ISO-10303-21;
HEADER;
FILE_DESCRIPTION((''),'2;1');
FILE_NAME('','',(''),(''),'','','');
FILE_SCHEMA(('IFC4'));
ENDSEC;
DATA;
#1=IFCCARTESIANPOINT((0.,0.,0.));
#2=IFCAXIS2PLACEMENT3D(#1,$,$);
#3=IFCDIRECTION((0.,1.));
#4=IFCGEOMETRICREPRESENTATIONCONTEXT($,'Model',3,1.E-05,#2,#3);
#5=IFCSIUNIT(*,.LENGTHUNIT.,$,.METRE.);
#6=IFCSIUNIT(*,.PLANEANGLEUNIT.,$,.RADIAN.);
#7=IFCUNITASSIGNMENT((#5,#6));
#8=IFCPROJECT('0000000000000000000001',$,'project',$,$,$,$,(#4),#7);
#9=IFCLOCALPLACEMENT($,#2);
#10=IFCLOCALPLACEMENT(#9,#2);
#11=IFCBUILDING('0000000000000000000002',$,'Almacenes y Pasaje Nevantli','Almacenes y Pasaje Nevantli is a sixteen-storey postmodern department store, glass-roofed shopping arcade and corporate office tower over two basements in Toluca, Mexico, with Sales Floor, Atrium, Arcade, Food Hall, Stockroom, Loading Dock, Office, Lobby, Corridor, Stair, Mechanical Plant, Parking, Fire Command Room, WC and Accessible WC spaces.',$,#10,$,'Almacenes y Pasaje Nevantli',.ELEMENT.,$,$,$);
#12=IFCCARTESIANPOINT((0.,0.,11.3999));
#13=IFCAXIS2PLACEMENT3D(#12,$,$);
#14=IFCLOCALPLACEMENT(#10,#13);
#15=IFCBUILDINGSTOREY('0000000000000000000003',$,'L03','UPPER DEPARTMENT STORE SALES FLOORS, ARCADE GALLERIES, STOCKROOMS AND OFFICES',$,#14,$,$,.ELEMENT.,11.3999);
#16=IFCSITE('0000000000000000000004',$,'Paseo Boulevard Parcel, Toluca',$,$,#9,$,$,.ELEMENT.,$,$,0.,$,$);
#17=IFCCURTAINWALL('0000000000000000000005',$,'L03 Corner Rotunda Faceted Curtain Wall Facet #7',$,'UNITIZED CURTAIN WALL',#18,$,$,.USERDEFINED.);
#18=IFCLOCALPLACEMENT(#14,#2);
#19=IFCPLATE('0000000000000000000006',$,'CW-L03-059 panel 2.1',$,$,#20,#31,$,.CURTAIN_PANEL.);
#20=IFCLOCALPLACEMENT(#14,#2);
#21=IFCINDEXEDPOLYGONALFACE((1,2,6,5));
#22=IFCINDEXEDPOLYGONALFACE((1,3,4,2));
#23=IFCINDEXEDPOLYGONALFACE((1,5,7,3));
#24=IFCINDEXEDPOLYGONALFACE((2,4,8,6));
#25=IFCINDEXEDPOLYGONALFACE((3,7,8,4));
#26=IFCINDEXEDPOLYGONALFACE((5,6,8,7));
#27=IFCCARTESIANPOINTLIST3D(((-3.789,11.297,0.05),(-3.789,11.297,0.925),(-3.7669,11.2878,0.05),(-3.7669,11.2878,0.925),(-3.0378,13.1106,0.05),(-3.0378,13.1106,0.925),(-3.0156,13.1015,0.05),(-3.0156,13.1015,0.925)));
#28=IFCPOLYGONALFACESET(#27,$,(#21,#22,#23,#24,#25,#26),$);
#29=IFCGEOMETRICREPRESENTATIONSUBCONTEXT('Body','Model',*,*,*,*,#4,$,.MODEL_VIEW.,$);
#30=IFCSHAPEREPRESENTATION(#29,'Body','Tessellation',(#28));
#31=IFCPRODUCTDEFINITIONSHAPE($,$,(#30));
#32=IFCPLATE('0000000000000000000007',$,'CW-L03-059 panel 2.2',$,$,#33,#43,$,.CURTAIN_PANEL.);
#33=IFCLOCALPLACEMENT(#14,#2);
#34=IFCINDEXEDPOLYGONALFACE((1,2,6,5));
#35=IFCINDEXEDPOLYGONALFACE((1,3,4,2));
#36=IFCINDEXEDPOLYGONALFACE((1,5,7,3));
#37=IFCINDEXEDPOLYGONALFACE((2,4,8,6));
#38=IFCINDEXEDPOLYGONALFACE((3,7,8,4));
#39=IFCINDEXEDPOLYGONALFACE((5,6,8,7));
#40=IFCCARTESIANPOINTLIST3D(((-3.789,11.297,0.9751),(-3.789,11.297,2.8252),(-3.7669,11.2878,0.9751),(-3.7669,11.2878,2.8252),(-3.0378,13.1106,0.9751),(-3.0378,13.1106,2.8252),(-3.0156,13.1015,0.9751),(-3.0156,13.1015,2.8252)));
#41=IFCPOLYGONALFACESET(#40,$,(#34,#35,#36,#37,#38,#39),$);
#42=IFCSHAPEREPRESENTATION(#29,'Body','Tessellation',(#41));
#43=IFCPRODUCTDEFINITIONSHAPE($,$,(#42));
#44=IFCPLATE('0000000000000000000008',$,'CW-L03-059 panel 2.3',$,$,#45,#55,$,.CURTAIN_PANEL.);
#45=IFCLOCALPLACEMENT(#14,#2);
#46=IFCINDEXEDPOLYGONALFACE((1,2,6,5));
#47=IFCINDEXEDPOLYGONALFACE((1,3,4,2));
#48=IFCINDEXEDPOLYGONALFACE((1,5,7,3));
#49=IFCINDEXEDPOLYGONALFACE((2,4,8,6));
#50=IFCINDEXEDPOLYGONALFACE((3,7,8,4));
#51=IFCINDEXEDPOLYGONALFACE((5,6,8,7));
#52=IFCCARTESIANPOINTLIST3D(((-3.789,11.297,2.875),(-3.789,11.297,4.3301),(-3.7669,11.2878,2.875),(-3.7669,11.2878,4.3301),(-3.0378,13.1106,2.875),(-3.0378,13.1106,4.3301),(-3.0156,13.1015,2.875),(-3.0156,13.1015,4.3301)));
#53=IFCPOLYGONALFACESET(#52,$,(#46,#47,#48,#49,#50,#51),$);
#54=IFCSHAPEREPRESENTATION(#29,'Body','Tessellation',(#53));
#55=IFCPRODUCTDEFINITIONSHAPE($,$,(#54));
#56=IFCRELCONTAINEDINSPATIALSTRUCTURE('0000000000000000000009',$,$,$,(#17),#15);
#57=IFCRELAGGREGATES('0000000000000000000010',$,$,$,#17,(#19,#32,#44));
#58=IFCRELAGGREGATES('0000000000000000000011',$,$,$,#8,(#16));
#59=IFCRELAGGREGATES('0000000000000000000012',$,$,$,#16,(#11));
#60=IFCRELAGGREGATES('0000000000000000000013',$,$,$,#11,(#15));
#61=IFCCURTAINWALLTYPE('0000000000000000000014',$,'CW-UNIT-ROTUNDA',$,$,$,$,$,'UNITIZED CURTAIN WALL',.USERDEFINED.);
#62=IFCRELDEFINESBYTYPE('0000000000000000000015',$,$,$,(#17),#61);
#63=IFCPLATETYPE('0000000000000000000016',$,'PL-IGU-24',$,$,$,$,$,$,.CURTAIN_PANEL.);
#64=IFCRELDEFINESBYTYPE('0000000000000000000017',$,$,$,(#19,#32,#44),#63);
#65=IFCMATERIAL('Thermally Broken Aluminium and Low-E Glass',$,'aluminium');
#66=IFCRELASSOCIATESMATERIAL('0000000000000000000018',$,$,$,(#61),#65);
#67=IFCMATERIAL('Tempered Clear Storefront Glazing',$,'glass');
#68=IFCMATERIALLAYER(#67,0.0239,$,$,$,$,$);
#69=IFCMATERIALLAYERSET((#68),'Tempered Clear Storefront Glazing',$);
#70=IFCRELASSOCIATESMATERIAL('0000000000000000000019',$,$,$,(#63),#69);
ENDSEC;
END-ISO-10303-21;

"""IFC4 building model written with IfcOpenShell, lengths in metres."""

from ifc_helpers import new_model, si_unit, direction, frame, origin, origin_2d, place, context, subcontext, project, spatial, rectangle, extrude, material, layer, layer_set, type_object, element, aggregate, save


model = new_model("IFC4")

# Units and contexts
model_context = context("Model", 3, precision=1e-05, world=origin(), true_north=direction((0.0, 1.0)))
body_context = subcontext(model_context, "Body", "Model", "MODEL_VIEW")
ifc_project = project(units=[si_unit("LENGTHUNIT", "METRE"), si_unit("PLANEANGLEUNIT", "RADIAN")], contexts=[model_context])

# Site, building, storey
site_placement = place(None, origin())
site = spatial("IfcSite", under=ifc_project, at=site_placement, Name="Paseo Boulevard Parcel, Toluca", CompositionType="ELEMENT", RefElevation=0.0)
building_placement = place(site_placement, origin())
building = spatial("IfcBuilding", under=site, at=building_placement, Name="Almacenes y Pasaje Nevantli", Description="Almacenes y Pasaje Nevantli is a sixteen-storey postmodern department store, glass-roofed shopping arcade and corporate office tower over two basements in Toluca, Mexico, with Sales Floor, Atrium, Arcade, Food Hall, Stockroom, Loading Dock, Office, Lobby, Corridor, Stair, Mechanical Plant, Parking, Fire Command Room, WC and Accessible WC spaces.", LongName="Almacenes y Pasaje Nevantli", CompositionType="ELEMENT")
storey_placement = place(building_placement, frame((0.0, 0.0, 11.3999)))
storey = spatial("IfcBuildingStorey", under=building, at=storey_placement, Name="L03", Description="UPPER DEPARTMENT STORE SALES FLOORS, ARCADE GALLERIES, STOCKROOMS AND OFFICES", CompositionType="ELEMENT", Elevation=11.3999)

# Curtain wall
ifc_material_1 = material(Name="Thermally Broken Aluminium and Low-E Glass", Category="aluminium")
curtain_wall_type = type_object("IfcCurtainWallType", Name="CW-UNIT-ROTUNDA", ElementType="UNITIZED CURTAIN WALL", PredefinedType="USERDEFINED", material=ifc_material_1)
curtain_wall_1_placement = place(storey_placement, origin())
curtain_wall_1 = element("IfcCurtainWall", 1, at=curtain_wall_1_placement, inside=storey, type_object=curtain_wall_type, Name="L03 Corner Rotunda Faceted Curtain Wall Facet #7", ObjectType="UNITIZED CURTAIN WALL", PredefinedType="USERDEFINED")

# Plates
ifc_material_2 = material(Name="Tempered Clear Storefront Glazing", Category="glass")
ifc_layer = layer(ifc_material_2, 0.0239)
ifc_layer_set = layer_set([ifc_layer], Name="Tempered Clear Storefront Glazing")
plate_type = type_object("IfcPlateType", Name="PL-IGU-24", PredefinedType="CURTAIN_PANEL", material=ifc_layer_set)
plate_1_placement = place(storey_placement, frame((-3.4023, 12.1992, 0.05), z_axis=(0.0, 0.0, 1.0), x_axis=(-0.382698, -0.923873, 0.0)))
plate_1 = element("IfcPlate", 2, at=plate_1_placement, type_object=plate_type, Name="CW-L03-059 panel 2.1", PredefinedType="CURTAIN_PANEL", context=body_context, shape_type="SweptSolid", body=[
    extrude(rectangle(XDim=1.9631, YDim=0.0239, at=origin_2d()), origin(), (0.0, 0.0, 1.0), 0.875),
])
plate_2_placement = place(storey_placement, frame((-3.4023, 12.1992, 0.9751), z_axis=(0.0, 0.0, 1.0), x_axis=(-0.382698, -0.923873, 0.0)))
plate_2 = element("IfcPlate", 3, at=plate_2_placement, type_object=plate_type, Name="CW-L03-059 panel 2.2", PredefinedType="CURTAIN_PANEL", context=body_context, shape_type="SweptSolid", body=[
    extrude(rectangle(XDim=1.9631, YDim=0.0239, at=origin_2d()), origin(), (0.0, 0.0, 1.0), 1.8501),
])
plate_3_placement = place(storey_placement, frame((-3.4023, 12.1992, 2.875), z_axis=(0.0, 0.0, 1.0), x_axis=(-0.382698, -0.923873, 0.0)))
plate_3 = element("IfcPlate", 4, at=plate_3_placement, type_object=plate_type, Name="CW-L03-059 panel 2.3", PredefinedType="CURTAIN_PANEL", context=body_context, shape_type="SweptSolid", body=[
    extrude(rectangle(XDim=1.9631, YDim=0.0239, at=origin_2d()), origin(), (0.0, 0.0, 1.0), 1.4551),
])
aggregate(curtain_wall_1, [plate_1, plate_2, plate_3])

save(model, "model.ifc")
